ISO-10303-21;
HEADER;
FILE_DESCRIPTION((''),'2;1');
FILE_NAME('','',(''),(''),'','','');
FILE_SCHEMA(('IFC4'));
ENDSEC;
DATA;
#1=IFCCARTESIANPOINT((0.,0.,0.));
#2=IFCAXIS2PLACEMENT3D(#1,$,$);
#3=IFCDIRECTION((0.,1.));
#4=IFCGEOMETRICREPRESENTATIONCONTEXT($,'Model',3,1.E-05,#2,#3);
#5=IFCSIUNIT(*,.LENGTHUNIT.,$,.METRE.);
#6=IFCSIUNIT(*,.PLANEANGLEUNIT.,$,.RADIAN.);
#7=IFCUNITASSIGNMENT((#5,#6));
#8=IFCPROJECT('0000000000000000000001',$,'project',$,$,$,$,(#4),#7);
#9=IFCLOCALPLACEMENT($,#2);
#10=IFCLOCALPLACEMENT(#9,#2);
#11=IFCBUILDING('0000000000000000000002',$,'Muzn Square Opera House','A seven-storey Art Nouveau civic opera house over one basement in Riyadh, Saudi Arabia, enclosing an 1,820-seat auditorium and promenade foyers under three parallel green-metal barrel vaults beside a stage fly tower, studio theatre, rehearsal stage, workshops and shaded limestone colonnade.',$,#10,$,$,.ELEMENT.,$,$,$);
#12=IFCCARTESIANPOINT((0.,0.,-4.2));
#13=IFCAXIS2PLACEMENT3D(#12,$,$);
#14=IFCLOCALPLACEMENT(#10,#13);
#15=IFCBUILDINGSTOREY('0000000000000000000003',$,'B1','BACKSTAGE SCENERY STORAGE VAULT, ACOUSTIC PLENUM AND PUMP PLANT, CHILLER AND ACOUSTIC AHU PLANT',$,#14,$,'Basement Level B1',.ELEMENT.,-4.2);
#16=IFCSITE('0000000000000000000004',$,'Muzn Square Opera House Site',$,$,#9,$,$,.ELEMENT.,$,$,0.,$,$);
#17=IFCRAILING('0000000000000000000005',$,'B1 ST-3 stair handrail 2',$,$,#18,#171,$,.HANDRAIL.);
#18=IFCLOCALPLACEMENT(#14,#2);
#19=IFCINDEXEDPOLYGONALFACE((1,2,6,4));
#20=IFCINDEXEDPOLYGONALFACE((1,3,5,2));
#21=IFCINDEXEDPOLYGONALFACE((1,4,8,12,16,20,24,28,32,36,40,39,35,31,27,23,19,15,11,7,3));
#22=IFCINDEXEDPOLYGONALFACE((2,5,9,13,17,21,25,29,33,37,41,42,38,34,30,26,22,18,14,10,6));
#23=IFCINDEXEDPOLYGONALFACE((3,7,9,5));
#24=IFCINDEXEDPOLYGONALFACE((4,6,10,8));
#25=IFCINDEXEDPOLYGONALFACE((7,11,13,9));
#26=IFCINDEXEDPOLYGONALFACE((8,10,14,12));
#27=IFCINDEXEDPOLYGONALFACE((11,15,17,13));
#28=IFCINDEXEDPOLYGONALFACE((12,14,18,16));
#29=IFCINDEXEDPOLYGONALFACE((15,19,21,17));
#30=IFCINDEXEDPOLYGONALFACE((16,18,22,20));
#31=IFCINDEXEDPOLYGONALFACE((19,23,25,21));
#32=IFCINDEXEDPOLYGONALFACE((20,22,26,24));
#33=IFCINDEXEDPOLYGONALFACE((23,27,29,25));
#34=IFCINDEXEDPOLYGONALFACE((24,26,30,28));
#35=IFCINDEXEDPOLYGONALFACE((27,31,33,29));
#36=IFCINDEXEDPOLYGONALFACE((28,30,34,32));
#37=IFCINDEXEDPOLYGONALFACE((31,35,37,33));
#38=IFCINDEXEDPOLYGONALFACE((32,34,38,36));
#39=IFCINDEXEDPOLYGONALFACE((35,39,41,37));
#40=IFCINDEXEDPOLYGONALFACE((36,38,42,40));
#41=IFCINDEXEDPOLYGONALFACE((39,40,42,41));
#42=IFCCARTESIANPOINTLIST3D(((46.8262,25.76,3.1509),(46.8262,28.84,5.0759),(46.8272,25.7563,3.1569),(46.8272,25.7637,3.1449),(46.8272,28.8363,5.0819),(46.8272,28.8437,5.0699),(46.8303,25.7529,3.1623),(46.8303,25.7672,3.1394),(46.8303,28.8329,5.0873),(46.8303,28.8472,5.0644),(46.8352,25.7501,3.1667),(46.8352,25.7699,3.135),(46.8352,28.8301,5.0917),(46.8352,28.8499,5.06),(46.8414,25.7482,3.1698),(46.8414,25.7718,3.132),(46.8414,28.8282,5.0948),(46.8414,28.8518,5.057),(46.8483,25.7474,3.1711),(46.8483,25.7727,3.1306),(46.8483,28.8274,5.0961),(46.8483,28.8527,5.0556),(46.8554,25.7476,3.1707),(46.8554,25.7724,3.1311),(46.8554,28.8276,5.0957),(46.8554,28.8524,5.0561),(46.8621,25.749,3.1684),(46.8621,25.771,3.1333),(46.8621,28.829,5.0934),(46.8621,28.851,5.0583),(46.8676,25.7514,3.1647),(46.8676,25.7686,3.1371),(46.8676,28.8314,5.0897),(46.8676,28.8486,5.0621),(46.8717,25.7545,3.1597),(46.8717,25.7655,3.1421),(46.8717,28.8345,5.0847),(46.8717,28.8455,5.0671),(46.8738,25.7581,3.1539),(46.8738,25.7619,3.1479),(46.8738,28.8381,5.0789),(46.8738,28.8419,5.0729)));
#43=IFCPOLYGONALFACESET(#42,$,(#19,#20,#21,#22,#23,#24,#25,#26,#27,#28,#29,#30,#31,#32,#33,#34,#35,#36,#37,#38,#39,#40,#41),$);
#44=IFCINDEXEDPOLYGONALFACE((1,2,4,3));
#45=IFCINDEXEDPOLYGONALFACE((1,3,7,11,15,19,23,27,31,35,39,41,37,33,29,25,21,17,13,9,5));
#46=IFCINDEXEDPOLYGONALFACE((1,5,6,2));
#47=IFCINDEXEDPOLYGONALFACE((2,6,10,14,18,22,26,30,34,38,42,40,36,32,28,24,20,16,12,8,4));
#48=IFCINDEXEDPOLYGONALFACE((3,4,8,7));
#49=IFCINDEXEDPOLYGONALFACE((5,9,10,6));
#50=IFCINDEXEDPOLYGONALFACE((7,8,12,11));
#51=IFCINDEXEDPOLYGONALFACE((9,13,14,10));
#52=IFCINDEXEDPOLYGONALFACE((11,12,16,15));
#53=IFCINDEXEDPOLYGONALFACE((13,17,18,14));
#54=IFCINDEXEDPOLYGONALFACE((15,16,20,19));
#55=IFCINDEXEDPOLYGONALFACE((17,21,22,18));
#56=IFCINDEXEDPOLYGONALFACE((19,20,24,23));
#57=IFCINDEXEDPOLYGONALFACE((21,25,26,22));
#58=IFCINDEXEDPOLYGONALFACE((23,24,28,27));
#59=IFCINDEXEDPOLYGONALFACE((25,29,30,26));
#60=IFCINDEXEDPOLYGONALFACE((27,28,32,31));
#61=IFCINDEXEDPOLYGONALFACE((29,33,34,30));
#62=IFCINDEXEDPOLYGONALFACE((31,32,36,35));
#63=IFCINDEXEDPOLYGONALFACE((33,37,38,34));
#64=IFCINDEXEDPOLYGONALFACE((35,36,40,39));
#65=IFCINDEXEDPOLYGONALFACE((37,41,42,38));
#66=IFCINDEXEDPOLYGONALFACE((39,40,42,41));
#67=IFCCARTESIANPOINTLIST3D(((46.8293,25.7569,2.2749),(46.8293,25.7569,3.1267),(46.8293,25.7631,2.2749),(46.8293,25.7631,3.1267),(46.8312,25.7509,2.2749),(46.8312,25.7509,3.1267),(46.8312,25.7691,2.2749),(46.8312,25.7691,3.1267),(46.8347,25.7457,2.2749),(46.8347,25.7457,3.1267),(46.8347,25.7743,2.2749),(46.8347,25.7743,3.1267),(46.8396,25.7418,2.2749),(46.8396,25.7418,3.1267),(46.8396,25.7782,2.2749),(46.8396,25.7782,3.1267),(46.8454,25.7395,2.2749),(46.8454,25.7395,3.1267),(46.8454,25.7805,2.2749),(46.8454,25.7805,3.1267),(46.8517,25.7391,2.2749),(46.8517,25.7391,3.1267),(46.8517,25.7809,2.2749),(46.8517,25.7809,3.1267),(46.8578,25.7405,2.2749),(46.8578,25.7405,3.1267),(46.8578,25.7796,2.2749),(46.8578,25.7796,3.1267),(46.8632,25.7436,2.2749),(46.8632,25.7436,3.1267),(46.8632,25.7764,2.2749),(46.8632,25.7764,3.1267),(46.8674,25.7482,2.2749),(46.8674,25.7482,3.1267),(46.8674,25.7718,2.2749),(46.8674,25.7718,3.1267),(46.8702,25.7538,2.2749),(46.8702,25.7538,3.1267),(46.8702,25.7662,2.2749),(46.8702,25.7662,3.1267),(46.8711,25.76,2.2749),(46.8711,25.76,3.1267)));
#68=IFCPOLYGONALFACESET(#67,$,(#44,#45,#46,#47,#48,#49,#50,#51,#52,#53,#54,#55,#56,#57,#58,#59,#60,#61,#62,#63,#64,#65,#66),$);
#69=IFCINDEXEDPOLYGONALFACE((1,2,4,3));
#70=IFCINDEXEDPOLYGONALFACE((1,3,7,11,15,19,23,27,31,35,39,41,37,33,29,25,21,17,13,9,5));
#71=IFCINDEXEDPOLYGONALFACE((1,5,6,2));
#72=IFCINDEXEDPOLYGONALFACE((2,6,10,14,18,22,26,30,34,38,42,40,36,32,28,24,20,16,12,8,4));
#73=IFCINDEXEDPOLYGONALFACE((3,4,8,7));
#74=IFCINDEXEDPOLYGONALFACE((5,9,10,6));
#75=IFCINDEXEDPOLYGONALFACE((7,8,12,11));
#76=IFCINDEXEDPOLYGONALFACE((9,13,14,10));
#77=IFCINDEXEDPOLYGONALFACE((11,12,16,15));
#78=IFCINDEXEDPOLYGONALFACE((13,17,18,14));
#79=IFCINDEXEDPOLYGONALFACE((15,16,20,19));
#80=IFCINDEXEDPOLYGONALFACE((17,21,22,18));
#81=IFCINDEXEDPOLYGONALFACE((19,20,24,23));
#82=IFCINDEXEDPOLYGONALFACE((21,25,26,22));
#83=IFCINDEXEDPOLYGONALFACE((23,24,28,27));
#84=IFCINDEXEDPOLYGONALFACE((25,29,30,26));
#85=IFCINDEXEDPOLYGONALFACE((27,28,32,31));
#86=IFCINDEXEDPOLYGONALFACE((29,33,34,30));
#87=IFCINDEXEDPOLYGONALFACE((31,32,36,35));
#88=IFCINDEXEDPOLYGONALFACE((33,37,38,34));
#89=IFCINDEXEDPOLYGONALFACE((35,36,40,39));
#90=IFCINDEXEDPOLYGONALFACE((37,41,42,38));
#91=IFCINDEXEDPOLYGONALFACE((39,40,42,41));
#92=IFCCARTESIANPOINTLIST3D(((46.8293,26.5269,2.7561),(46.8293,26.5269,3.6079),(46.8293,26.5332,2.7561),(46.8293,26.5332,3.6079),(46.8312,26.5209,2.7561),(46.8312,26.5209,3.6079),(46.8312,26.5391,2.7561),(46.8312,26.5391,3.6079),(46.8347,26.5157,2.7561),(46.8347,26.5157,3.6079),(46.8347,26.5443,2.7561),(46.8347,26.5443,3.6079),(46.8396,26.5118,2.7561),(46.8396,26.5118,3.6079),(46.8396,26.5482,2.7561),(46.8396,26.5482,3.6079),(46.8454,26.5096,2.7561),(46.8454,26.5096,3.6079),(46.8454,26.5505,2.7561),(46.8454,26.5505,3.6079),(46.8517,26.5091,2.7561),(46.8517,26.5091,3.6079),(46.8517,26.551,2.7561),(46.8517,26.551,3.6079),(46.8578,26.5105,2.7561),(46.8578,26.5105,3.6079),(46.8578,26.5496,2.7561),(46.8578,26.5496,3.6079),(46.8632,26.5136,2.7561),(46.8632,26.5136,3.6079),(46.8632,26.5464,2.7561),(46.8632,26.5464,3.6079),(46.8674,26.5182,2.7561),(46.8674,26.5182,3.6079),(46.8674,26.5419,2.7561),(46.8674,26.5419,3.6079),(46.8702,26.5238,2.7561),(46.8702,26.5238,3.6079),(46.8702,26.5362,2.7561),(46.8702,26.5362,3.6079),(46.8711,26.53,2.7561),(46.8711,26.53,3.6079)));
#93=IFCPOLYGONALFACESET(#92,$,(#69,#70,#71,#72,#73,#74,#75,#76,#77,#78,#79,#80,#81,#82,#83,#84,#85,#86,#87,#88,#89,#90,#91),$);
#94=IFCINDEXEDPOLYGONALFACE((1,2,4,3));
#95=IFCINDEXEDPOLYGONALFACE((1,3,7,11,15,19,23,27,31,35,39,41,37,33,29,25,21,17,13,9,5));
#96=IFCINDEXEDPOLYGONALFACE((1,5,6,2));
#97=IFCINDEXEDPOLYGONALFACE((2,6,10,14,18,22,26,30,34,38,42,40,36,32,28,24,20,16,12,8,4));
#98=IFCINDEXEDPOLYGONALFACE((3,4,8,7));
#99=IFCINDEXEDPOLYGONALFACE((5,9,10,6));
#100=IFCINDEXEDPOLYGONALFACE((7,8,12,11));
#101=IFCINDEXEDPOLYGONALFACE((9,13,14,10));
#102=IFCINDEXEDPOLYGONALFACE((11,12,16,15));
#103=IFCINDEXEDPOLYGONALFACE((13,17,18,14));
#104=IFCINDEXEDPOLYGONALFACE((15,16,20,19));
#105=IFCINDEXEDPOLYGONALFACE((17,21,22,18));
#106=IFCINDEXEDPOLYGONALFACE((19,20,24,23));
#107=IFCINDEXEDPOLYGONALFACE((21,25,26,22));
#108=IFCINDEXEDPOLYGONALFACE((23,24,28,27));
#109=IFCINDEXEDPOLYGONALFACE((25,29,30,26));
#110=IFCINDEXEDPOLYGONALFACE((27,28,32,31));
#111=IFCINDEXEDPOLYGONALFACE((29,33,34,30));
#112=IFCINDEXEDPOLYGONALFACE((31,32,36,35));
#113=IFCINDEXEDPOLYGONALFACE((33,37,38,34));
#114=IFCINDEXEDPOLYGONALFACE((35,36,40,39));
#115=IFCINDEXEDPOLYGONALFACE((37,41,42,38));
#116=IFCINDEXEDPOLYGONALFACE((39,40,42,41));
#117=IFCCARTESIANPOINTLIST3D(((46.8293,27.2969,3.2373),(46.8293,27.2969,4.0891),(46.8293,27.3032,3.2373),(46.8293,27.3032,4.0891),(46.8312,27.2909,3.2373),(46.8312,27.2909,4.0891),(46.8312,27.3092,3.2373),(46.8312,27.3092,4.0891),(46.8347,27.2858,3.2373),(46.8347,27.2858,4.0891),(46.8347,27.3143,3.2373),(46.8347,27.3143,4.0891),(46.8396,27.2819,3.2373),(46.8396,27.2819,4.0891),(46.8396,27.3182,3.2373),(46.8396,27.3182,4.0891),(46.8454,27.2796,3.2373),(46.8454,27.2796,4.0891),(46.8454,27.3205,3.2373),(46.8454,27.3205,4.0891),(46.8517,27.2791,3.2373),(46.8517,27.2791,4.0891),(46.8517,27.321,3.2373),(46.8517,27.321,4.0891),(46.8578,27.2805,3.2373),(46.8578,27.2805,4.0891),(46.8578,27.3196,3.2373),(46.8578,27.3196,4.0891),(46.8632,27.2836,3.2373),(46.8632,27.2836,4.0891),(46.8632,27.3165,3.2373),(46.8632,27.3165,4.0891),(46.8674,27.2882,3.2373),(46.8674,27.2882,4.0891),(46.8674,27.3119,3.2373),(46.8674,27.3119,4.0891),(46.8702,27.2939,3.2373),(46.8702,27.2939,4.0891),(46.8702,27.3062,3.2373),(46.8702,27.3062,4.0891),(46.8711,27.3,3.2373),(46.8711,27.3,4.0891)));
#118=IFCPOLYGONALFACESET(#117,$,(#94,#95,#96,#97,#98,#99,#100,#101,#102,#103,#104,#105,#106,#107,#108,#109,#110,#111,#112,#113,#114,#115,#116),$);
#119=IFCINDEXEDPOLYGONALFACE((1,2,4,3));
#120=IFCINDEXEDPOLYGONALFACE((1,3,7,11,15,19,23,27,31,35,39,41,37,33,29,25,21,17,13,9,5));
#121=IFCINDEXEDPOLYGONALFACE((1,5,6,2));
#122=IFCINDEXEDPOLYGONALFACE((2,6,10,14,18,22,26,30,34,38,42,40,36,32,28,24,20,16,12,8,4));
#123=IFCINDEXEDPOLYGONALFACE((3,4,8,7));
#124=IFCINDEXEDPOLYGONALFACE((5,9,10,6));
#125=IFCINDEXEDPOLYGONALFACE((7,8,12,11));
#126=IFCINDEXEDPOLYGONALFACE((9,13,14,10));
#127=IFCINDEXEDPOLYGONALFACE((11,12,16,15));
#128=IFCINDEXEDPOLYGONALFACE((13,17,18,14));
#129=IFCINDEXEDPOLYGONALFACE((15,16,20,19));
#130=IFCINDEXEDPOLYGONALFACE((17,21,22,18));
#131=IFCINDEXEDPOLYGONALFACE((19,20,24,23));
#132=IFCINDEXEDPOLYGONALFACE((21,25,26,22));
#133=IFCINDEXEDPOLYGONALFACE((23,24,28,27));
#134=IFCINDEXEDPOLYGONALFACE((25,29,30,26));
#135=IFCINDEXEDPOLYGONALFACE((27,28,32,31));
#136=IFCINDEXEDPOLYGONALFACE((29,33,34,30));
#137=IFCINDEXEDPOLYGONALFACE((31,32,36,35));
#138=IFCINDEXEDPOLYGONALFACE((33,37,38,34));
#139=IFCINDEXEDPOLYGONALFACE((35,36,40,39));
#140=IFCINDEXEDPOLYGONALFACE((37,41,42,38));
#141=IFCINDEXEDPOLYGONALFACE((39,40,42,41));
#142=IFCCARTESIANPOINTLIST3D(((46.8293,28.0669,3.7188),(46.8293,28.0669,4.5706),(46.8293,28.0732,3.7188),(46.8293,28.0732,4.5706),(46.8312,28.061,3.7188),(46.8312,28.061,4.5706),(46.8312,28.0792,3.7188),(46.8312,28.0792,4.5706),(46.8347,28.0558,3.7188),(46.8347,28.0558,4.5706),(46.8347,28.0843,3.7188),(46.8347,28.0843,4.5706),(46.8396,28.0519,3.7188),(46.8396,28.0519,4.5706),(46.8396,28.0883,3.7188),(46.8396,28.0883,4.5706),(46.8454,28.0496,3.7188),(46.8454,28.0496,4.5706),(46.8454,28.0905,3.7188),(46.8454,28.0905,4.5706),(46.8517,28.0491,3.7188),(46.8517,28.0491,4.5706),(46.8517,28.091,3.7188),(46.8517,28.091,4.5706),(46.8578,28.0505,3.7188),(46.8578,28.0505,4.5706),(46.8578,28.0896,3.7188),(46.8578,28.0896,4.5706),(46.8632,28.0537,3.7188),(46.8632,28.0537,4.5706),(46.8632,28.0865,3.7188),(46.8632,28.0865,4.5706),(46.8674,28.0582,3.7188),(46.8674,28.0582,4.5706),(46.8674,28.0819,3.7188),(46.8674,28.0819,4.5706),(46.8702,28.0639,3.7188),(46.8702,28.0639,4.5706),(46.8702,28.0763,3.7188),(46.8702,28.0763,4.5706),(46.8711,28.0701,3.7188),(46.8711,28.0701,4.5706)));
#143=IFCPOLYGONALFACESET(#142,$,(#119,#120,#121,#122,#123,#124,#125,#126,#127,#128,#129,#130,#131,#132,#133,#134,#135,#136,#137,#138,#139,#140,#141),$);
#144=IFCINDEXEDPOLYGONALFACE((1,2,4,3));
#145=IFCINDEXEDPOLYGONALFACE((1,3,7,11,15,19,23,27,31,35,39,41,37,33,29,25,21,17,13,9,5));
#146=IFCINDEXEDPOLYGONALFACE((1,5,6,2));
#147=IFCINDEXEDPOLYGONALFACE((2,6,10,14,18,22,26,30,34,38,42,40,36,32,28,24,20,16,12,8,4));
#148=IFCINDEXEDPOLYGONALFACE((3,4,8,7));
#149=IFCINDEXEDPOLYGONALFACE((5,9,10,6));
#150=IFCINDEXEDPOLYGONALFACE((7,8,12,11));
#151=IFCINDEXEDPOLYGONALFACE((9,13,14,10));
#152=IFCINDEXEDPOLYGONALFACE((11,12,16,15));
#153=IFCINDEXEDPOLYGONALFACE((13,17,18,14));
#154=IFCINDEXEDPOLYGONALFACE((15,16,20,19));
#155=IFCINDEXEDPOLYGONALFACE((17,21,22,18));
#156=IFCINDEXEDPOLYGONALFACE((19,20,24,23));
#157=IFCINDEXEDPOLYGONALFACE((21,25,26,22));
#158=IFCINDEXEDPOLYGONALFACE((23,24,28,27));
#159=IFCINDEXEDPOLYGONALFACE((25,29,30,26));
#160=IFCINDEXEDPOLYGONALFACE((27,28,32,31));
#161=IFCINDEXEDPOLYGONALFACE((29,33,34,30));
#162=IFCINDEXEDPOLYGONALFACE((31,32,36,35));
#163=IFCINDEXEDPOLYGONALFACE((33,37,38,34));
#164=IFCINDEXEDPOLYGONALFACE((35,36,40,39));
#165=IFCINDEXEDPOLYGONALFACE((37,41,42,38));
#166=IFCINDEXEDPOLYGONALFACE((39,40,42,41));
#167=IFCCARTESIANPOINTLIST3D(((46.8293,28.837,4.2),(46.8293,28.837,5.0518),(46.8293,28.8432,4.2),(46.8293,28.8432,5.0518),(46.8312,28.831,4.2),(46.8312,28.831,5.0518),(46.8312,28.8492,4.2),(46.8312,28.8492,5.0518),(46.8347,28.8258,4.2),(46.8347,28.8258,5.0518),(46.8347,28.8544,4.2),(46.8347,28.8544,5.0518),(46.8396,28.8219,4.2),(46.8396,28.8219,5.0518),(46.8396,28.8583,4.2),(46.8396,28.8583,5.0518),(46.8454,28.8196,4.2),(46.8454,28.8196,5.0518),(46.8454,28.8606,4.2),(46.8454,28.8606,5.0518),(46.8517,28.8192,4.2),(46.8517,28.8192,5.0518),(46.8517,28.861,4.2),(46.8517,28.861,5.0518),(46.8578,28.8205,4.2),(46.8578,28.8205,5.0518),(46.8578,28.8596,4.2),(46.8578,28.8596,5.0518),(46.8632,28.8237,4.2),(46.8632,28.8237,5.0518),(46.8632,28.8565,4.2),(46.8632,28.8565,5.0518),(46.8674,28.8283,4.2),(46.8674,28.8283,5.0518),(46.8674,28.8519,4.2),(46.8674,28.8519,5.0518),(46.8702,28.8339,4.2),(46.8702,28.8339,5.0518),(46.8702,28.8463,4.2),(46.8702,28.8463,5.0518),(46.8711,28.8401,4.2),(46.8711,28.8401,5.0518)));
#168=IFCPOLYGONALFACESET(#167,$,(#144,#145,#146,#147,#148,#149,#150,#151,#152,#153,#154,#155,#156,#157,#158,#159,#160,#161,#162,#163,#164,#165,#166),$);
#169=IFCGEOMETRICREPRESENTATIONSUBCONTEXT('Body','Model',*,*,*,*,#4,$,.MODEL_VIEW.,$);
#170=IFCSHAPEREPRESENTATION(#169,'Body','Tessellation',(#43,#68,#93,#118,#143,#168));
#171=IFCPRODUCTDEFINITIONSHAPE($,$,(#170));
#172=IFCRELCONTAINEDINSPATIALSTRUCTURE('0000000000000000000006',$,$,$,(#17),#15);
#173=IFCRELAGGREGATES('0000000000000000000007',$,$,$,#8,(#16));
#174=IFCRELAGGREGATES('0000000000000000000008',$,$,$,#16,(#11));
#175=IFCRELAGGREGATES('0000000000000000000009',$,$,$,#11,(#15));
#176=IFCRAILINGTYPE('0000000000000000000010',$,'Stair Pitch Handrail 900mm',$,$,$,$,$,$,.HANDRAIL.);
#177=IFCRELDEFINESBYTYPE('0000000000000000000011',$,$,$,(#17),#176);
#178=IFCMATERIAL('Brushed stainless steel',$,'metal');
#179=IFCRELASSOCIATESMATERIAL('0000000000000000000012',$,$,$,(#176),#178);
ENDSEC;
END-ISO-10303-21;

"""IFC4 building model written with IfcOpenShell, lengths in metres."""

from ifc_helpers import new_model, si_unit, direction, frame, origin, origin_2d, place, context, subcontext, project, spatial, circle, extrude, material, type_object, element, save


model = new_model("IFC4")

# Units and contexts
model_context = context("Model", 3, precision=1e-05, world=origin(), true_north=direction((0.0, 1.0)))
body_context = subcontext(model_context, "Body", "Model", "MODEL_VIEW")
ifc_project = project(units=[si_unit("LENGTHUNIT", "METRE"), si_unit("PLANEANGLEUNIT", "RADIAN")], contexts=[model_context])

# Site, building, storey
site_placement = place(None, origin())
site = spatial("IfcSite", under=ifc_project, at=site_placement, Name="Muzn Square Opera House Site", CompositionType="ELEMENT", RefElevation=0.0)
building_placement = place(site_placement, origin())
building = spatial("IfcBuilding", under=site, at=building_placement, Name="Muzn Square Opera House", Description="A seven-storey Art Nouveau civic opera house over one basement in Riyadh, Saudi Arabia, enclosing an 1,820-seat auditorium and promenade foyers under three parallel green-metal barrel vaults beside a stage fly tower, studio theatre, rehearsal stage, workshops and shaded limestone colonnade.", CompositionType="ELEMENT")
storey_placement = place(building_placement, frame((0.0, 0.0, -4.2)))
storey = spatial("IfcBuildingStorey", under=building, at=storey_placement, Name="B1", Description="BACKSTAGE SCENERY STORAGE VAULT, ACOUSTIC PLENUM AND PUMP PLANT, CHILLER AND ACOUSTIC AHU PLANT", LongName="Basement Level B1", CompositionType="ELEMENT", Elevation=-4.2)

# Railing
ifc_material_1 = material(Name="Brushed stainless steel", Category="metal")
railing_type_1 = type_object("IfcRailingType", Name="Stair Pitch Handrail 900mm", PredefinedType="HANDRAIL", material=ifc_material_1)
railing_1_placement = place(storey_placement, frame((46.8501, 25.76, 2.2749)))
element("IfcRailing", 1, at=railing_1_placement, inside=storey, type_object=railing_type_1, Name="B1 ST-3 stair handrail 2", PredefinedType="HANDRAIL", context=body_context, shape_type="SweptSolid", body=[
    extrude(circle(Radius=0.0239, at=origin_2d()), frame((0.0, 0.0, 0.876), z_axis=(0.0, 0.847998, 0.529999), x_axis=(-1.0, 0.0, 0.0)), (0.0, 0.0, 1.0), 3.6321),
    extrude(circle(Radius=0.021, at=origin_2d()), origin(), (0.0, 0.0, 1.0), 0.8518),
    extrude(circle(Radius=0.021, at=origin_2d()), frame((0.0, 0.77, 0.4812)), (0.0, 0.0, 1.0), 0.8518),
    extrude(circle(Radius=0.021, at=origin_2d()), frame((0.0, 1.54, 0.9624)), (0.0, 0.0, 1.0), 0.8518),
    extrude(circle(Radius=0.021, at=origin_2d()), frame((0.0, 2.3101, 1.4438)), (0.0, 0.0, 1.0), 0.8518),
    extrude(circle(Radius=0.021, at=origin_2d()), frame((0.0, 3.0801, 1.925)), (0.0, 0.0, 1.0), 0.8518),
])

save(model, "model.ifc")
